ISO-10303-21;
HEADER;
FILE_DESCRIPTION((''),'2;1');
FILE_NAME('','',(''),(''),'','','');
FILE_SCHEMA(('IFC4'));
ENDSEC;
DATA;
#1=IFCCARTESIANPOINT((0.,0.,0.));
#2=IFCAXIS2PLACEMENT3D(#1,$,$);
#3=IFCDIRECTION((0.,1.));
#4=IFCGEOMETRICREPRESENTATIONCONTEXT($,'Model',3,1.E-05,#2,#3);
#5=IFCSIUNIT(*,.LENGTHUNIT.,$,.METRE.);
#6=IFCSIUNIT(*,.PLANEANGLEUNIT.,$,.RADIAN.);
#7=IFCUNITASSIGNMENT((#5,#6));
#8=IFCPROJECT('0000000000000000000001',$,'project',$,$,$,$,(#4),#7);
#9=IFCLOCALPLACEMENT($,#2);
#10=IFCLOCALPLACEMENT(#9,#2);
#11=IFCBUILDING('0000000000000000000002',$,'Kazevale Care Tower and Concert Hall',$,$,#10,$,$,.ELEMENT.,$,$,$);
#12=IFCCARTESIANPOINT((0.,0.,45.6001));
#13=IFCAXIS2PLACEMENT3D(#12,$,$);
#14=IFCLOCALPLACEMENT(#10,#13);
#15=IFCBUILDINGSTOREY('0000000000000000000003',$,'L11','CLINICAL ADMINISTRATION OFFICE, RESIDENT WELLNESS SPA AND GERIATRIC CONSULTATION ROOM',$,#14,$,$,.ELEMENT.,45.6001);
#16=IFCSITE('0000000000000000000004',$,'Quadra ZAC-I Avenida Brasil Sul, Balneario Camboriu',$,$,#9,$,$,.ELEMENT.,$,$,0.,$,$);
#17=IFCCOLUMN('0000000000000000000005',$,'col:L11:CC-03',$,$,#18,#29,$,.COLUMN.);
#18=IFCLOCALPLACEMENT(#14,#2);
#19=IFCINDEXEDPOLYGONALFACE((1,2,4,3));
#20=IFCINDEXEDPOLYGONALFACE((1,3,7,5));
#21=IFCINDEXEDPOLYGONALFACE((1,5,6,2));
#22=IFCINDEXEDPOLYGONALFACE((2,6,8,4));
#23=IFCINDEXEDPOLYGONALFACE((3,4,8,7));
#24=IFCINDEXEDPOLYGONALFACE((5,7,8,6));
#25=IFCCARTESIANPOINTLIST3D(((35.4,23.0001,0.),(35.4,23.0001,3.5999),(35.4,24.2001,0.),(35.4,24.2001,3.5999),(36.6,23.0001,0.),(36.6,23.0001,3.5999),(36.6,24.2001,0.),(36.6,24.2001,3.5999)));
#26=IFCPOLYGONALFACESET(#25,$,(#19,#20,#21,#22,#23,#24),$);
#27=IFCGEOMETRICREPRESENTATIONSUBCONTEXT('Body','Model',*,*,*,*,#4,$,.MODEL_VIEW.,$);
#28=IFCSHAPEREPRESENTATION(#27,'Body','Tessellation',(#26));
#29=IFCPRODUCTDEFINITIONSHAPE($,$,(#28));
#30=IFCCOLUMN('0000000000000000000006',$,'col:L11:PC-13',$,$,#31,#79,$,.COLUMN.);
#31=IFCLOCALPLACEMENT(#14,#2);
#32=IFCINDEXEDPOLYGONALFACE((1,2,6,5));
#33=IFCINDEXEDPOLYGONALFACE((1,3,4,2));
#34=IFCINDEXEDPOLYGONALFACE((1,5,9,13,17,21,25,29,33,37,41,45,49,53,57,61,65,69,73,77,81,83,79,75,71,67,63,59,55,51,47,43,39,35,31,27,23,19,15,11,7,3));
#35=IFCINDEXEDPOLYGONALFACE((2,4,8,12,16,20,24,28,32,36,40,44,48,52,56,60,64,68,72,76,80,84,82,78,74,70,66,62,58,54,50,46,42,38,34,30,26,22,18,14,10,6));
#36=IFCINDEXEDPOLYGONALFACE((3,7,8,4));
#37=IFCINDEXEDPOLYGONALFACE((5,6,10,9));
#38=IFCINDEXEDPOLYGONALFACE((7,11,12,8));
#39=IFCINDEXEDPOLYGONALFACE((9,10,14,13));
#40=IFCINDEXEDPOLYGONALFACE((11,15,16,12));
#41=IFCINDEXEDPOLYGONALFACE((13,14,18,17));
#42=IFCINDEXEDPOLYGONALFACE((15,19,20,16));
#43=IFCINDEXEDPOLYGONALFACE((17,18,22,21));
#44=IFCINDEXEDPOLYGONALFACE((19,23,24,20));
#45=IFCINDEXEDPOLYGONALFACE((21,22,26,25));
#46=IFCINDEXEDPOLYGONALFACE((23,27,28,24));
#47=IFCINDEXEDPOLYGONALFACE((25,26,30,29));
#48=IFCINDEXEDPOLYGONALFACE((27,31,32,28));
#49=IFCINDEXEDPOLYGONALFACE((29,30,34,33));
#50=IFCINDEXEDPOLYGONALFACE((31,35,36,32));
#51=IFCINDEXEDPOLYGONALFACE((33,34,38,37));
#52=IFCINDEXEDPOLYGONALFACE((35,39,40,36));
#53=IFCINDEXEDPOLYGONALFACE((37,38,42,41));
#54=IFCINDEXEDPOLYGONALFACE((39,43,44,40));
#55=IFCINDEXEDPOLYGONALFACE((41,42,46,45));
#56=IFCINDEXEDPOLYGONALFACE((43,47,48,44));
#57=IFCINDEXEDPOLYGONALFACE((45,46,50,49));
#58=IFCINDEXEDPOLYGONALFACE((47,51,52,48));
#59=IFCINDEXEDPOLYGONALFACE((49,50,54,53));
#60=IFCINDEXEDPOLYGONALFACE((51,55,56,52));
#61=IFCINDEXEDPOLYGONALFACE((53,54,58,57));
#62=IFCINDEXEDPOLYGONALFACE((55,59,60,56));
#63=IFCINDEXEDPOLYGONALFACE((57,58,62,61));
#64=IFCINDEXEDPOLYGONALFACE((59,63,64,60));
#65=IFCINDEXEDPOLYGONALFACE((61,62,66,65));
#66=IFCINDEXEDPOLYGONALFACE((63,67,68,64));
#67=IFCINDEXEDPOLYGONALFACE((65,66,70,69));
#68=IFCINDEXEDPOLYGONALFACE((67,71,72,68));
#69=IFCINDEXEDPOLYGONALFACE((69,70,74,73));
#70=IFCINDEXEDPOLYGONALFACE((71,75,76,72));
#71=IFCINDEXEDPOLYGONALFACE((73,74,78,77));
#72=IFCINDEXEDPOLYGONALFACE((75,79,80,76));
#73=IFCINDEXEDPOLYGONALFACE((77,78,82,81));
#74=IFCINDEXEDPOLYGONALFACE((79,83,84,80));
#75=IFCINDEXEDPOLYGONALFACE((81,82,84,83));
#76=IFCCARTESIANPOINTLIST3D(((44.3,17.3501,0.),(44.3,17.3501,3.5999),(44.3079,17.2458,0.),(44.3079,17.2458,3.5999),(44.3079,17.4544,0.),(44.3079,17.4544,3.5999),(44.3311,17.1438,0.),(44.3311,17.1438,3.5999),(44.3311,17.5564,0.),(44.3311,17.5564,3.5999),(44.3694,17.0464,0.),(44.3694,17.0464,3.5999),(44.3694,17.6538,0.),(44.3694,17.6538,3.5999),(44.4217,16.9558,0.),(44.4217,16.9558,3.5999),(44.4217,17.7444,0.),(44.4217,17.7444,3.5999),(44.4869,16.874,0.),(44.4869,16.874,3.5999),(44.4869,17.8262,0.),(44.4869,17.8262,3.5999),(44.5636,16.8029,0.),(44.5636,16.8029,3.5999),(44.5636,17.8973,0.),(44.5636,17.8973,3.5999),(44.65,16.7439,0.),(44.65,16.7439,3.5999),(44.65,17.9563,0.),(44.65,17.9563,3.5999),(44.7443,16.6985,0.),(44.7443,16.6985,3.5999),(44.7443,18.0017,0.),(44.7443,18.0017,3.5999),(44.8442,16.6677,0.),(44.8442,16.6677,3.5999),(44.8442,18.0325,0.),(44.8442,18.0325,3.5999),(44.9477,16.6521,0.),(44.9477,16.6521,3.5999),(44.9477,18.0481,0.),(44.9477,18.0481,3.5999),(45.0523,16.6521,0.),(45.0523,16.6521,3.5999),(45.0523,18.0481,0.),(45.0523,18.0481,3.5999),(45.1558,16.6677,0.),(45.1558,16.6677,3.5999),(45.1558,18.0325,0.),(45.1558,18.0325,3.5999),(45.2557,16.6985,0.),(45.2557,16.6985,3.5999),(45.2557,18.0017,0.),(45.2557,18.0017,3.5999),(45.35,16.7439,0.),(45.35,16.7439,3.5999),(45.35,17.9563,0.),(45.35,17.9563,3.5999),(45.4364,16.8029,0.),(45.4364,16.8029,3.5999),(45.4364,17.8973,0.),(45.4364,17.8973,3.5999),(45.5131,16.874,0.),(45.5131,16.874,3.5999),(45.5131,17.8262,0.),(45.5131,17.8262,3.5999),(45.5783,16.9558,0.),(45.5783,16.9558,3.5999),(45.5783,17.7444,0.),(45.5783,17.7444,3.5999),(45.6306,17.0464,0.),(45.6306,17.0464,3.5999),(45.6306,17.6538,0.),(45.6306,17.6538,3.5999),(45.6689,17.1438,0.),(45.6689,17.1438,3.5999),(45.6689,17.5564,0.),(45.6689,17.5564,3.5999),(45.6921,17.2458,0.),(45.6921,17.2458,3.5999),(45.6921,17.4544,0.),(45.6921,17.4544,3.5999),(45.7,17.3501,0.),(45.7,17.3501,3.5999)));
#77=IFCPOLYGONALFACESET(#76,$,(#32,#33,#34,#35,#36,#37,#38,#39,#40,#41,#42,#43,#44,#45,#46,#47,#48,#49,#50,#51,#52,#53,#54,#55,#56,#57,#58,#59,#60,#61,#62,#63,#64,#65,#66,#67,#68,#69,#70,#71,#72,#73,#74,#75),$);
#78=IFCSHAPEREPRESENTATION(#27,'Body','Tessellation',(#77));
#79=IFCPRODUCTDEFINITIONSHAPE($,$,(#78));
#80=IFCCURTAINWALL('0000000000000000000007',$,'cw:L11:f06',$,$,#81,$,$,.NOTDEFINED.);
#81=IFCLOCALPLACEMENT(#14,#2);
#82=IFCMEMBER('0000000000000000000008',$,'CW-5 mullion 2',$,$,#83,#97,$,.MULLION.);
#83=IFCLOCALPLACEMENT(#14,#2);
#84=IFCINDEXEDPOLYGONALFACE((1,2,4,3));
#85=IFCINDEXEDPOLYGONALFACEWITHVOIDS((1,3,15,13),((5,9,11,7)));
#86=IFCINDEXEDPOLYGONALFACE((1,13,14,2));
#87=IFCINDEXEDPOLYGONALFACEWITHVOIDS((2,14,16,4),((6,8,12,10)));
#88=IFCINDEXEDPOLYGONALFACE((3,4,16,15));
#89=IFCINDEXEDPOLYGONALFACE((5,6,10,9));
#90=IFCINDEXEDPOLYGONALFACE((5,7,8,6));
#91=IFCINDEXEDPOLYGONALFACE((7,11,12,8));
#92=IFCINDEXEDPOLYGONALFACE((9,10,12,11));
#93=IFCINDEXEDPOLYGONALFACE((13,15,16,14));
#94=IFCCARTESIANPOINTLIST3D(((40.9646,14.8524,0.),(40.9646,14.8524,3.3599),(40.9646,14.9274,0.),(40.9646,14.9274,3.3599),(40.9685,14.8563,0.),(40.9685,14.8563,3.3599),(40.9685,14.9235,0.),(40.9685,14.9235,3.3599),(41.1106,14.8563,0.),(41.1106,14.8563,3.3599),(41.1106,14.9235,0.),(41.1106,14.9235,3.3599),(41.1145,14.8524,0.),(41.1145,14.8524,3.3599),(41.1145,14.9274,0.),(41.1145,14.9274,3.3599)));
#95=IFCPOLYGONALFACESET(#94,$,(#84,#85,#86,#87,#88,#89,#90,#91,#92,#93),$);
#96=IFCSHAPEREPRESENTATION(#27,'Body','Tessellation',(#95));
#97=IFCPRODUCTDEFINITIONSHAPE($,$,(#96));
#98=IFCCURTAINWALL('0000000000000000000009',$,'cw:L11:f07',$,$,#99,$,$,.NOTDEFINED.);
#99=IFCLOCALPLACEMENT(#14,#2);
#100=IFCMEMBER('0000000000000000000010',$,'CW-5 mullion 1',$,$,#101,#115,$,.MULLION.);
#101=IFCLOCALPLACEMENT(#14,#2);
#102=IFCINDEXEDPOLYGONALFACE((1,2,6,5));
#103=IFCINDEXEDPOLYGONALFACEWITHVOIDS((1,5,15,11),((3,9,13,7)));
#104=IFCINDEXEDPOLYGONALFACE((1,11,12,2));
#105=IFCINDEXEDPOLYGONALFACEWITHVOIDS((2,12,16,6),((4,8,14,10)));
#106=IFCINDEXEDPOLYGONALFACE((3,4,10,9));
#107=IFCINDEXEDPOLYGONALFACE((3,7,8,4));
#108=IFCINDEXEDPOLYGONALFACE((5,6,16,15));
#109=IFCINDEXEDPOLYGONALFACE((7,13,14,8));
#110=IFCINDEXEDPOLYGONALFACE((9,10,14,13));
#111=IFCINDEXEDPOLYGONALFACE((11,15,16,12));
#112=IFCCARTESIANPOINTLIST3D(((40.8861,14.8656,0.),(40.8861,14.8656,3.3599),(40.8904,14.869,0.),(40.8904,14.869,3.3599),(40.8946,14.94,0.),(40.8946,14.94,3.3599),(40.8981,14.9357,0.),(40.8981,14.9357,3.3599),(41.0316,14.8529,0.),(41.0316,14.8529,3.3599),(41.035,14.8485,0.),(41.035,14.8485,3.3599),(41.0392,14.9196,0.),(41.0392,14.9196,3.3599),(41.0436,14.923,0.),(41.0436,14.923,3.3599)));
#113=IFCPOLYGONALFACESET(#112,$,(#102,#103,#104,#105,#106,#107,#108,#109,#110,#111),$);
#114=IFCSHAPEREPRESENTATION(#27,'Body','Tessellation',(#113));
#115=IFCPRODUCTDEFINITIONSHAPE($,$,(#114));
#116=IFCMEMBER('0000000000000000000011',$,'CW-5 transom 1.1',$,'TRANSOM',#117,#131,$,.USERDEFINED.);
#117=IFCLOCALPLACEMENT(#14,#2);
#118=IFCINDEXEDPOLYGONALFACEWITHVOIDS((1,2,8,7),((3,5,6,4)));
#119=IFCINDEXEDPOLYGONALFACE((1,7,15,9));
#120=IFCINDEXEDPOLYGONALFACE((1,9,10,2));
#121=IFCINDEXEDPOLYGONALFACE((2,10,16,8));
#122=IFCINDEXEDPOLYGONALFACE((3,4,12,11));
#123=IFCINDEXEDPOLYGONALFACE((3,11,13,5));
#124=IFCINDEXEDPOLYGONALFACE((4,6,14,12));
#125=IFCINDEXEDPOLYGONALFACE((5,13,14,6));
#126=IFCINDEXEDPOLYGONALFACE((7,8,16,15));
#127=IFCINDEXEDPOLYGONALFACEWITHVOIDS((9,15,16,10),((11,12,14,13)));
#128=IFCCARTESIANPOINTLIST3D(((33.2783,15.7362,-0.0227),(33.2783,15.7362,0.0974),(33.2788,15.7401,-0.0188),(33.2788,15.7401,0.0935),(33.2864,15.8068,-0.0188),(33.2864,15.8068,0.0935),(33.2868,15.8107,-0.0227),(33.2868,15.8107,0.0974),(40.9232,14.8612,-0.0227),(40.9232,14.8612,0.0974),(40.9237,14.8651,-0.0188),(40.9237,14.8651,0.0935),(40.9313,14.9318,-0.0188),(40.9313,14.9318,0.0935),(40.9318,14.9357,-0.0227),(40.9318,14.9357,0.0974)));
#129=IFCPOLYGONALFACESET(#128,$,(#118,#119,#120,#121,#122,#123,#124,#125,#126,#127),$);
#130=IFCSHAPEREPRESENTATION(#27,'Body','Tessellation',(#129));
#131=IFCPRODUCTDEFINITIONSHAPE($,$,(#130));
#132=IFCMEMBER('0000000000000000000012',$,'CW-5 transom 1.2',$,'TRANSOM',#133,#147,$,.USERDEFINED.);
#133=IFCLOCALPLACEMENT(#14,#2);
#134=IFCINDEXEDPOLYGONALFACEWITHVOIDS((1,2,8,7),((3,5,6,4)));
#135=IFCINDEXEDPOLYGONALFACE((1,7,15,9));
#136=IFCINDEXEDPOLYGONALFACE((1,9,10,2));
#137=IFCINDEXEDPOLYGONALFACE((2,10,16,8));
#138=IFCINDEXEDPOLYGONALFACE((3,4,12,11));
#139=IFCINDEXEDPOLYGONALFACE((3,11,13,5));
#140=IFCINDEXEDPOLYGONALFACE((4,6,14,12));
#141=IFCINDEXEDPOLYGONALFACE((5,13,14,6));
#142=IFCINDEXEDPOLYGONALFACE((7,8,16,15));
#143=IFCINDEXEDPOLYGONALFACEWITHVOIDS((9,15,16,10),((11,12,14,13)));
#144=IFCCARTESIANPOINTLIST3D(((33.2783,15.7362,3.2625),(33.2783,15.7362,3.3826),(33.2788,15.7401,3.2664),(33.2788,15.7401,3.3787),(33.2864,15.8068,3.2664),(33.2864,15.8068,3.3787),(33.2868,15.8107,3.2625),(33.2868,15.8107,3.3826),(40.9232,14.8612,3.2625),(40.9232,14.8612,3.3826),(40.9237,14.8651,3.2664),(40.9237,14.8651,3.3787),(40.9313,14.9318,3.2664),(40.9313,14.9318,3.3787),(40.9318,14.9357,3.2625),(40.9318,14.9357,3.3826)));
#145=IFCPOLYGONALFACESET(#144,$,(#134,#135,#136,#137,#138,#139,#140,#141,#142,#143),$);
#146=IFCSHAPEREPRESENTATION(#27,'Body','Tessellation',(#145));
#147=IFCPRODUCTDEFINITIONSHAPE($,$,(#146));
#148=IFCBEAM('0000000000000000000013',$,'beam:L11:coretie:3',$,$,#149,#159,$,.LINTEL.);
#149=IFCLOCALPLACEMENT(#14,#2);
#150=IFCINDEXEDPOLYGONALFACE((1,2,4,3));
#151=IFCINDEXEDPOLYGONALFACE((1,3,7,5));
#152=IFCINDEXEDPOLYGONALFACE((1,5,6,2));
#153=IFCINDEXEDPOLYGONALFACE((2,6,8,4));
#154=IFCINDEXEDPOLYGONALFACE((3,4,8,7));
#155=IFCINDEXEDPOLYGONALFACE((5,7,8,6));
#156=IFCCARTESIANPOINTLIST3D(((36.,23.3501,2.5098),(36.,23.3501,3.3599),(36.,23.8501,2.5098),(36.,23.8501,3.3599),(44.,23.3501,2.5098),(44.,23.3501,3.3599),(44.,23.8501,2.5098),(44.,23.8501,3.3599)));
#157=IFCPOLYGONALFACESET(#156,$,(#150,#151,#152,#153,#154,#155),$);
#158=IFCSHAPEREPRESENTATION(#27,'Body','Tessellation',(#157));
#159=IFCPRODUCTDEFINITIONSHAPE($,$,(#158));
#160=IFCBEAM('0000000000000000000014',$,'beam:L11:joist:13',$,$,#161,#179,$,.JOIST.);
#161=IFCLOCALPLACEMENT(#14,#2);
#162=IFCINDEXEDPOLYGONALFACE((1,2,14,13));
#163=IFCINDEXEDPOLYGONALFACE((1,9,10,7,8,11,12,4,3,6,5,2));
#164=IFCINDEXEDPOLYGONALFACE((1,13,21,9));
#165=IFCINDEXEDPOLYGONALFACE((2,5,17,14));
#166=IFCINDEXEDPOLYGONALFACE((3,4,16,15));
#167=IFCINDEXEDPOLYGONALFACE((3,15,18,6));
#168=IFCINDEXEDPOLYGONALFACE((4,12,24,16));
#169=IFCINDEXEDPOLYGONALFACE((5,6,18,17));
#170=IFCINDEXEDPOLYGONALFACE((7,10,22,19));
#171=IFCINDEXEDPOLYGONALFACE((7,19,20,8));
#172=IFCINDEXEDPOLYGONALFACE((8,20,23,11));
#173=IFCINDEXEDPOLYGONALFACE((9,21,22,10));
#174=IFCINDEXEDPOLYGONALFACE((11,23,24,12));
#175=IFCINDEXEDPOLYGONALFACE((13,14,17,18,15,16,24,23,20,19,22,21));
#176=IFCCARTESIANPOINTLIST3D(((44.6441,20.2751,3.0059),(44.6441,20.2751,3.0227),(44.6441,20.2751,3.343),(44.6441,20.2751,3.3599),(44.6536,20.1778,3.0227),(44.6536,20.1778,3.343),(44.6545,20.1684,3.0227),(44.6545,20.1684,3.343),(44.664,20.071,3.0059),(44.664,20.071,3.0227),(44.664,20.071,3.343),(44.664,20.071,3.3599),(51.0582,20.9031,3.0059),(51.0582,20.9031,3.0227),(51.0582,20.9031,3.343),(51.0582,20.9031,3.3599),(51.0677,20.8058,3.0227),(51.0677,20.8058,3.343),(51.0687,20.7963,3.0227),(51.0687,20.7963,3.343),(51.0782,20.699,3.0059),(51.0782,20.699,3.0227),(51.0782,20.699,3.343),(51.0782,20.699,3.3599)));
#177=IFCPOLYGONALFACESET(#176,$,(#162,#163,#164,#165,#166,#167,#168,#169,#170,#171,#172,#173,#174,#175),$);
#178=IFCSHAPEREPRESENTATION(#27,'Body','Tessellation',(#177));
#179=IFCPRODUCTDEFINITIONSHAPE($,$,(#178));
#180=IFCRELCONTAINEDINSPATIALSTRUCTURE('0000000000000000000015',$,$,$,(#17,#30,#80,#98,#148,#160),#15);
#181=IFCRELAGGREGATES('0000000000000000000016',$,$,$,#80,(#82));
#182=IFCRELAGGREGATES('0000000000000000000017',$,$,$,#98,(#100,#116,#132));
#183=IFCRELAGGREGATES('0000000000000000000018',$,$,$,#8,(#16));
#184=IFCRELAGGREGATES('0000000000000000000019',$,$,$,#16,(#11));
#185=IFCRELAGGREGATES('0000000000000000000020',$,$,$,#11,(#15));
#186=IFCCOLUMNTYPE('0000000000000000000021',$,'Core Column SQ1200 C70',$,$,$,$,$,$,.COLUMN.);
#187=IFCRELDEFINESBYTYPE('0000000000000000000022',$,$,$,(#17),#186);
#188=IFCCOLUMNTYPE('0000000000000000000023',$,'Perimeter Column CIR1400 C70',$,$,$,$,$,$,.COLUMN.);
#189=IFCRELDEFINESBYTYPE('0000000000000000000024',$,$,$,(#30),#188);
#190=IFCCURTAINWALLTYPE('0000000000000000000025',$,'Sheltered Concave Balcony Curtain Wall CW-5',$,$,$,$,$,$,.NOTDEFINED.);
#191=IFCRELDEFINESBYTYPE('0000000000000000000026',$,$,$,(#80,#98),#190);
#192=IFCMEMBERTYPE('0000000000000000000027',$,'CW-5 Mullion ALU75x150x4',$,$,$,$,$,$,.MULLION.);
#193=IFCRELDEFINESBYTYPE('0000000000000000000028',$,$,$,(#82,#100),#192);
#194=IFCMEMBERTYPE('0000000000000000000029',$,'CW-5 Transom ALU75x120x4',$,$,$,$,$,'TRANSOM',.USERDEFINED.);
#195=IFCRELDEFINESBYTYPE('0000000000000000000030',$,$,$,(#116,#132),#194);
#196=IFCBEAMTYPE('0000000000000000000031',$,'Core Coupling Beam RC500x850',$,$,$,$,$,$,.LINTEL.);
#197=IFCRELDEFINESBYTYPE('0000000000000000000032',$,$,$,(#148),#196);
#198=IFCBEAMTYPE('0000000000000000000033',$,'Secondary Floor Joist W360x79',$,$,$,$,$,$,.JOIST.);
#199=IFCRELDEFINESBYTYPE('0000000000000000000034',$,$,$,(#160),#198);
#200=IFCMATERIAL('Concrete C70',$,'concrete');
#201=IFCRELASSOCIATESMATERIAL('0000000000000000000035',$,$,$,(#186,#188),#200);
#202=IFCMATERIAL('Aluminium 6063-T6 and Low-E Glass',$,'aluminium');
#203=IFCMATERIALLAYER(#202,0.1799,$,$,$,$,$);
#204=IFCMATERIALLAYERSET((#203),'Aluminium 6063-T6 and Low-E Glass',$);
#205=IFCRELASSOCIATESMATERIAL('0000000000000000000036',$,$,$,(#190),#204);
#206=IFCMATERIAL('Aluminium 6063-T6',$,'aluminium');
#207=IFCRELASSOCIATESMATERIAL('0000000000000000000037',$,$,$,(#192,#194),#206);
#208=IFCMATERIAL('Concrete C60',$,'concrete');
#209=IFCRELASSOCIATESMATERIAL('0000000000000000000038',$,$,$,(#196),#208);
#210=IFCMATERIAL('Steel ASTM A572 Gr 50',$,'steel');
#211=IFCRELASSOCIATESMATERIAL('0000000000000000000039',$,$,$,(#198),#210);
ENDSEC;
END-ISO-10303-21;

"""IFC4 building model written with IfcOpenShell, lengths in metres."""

from ifc_helpers import new_model, si_unit, direction, frame, origin, origin_2d, place, context, subcontext, project, spatial, rectangle, hollow_rectangle, circle, i_section, extrude, material, layer, layer_set, material_profile, profile_set, type_object, element, aggregate, save


model = new_model("IFC4")

# Units and contexts
model_context = context("Model", 3, precision=1e-05, world=origin(), true_north=direction((0.0, 1.0)))
body_context = subcontext(model_context, "Body", "Model", "MODEL_VIEW")
ifc_project = project(units=[si_unit("LENGTHUNIT", "METRE"), si_unit("PLANEANGLEUNIT", "RADIAN")], contexts=[model_context])

# Site, building, storey
site_placement = place(None, origin())
site = spatial("IfcSite", under=ifc_project, at=site_placement, Name="Quadra ZAC-I Avenida Brasil Sul, Balneario Camboriu", CompositionType="ELEMENT", RefElevation=0.0)
building_placement = place(site_placement, origin())
building = spatial("IfcBuilding", under=site, at=building_placement, Name="Kazevale Care Tower and Concert Hall", CompositionType="ELEMENT")
storey_placement = place(building_placement, frame((0.0, 0.0, 45.6001)))
storey = spatial("IfcBuildingStorey", under=building, at=storey_placement, Name="L11", Description="CLINICAL ADMINISTRATION OFFICE, RESIDENT WELLNESS SPA AND GERIATRIC CONSULTATION ROOM", CompositionType="ELEMENT", Elevation=45.6001)

# Columns
ifc_material_1 = material(Name="Concrete C70", Category="concrete")
ifc_material_profile_1 = material_profile(ifc_material_1, rectangle(XDim=1.2, YDim=1.2, at=origin_2d()), Name="RC-SQ1200")
ifc_profile_set_1 = profile_set([ifc_material_profile_1], Name="Concrete C70")
column_type_1 = type_object("IfcColumnType", Name="Core Column SQ1200 C70", PredefinedType="COLUMN", material=ifc_profile_set_1)
column_1_placement = place(storey_placement, frame((36.0, 23.6001, 0.0), z_axis=(0.0, 0.0, 1.0), x_axis=(1.0, 0.0, 0.0)))
element("IfcColumn", 1, at=column_1_placement, inside=storey, type_object=column_type_1, Name="col:L11:CC-03", PredefinedType="COLUMN", context=body_context, shape_type="SweptSolid", body=[
    extrude(rectangle(XDim=1.2, YDim=1.2, at=origin_2d()), origin(), (0.0, 0.0, 1.0), 3.5999),
])
ifc_material_profile_2 = material_profile(ifc_material_1, circle(Radius=0.7, at=origin_2d()), Name="RC-CIR1400")
ifc_profile_set_2 = profile_set([ifc_material_profile_2], Name="Concrete C70")
column_type_2 = type_object("IfcColumnType", Name="Perimeter Column CIR1400 C70", PredefinedType="COLUMN", material=ifc_profile_set_2)
column_2_placement = place(storey_placement, frame((45.0, 17.3501, 0.0), z_axis=(0.0, 0.0, 1.0), x_axis=(1.0, 0.0, 0.0)))
element("IfcColumn", 2, at=column_2_placement, inside=storey, type_object=column_type_2, Name="col:L11:PC-13", PredefinedType="COLUMN", context=body_context, shape_type="SweptSolid", body=[
    extrude(circle(Radius=0.7, at=origin_2d()), origin(), (0.0, 0.0, 1.0), 3.5999),
])

# Curtain wall, member
ifc_material_2 = material(Name="Aluminium 6063-T6 and Low-E Glass", Category="aluminium")
ifc_layer_1 = layer(ifc_material_2, 0.1799)
ifc_layer_set_1 = layer_set([ifc_layer_1], Name="Aluminium 6063-T6 and Low-E Glass")
curtain_wall_type = type_object("IfcCurtainWallType", Name="Sheltered Concave Balcony Curtain Wall CW-5", PredefinedType="NOTDEFINED", material=ifc_layer_set_1)
curtain_wall_1_placement = place(storey_placement, origin())
curtain_wall_1 = element("IfcCurtainWall", 3, at=curtain_wall_1_placement, inside=storey, type_object=curtain_wall_type, Name="cw:L11:f06", PredefinedType="NOTDEFINED")
ifc_material_3 = material(Name="Aluminium 6063-T6", Category="aluminium")
ifc_material_profile_3 = material_profile(ifc_material_3, hollow_rectangle(XDim=0.075, YDim=0.1499, WallThickness=0.0039, at=origin_2d()), Name="ALU75x150x4")
ifc_profile_set_3 = profile_set([ifc_material_profile_3], Name="Aluminium 6063-T6")
member_type_1 = type_object("IfcMemberType", Name="CW-5 Mullion ALU75x150x4", PredefinedType="MULLION", material=ifc_profile_set_3)
member_1_placement = place(storey_placement, frame((41.0396, 14.8899, 0.0), z_axis=(0.0, 0.0, 1.0), x_axis=(0.0, -1.0, 0.0)))
member_1 = element("IfcMember", 4, at=member_1_placement, type_object=member_type_1, Name="CW-5 mullion 2", PredefinedType="MULLION", context=body_context, shape_type="SweptSolid", body=[
    extrude(hollow_rectangle(XDim=0.075, YDim=0.1499, WallThickness=0.0039, at=origin_2d()), origin(), (0.0, 0.0, 1.0), 3.3599),
])

# Curtain wall, members
curtain_wall_2_placement = place(storey_placement, origin())
curtain_wall_2 = element("IfcCurtainWall", 5, at=curtain_wall_2_placement, inside=storey, type_object=curtain_wall_type, Name="cw:L11:f07", PredefinedType="NOTDEFINED")
member_2_placement = place(storey_placement, frame((40.9648, 14.8943, 0.0), z_axis=(0.0, 0.0, 1.0), x_axis=(-0.113705, -0.993515, 0.0)))
member_2 = element("IfcMember", 6, at=member_2_placement, type_object=member_type_1, Name="CW-5 mullion 1", PredefinedType="MULLION", context=body_context, shape_type="SweptSolid", body=[
    extrude(hollow_rectangle(XDim=0.075, YDim=0.1499, WallThickness=0.0039, at=origin_2d()), origin(), (0.0, 0.0, 1.0), 3.3599),
])
ifc_material_profile_4 = material_profile(ifc_material_3, hollow_rectangle(XDim=0.075, YDim=0.1201, WallThickness=0.0039, at=origin_2d()), Name="ALU75x120x4")
ifc_profile_set_4 = profile_set([ifc_material_profile_4], Name="Aluminium 6063-T6")
member_type_2 = type_object("IfcMemberType", Name="CW-5 Transom ALU75x120x4", ElementType="TRANSOM", PredefinedType="USERDEFINED", material=ifc_profile_set_4)
member_3_placement = place(storey_placement, frame((40.9275, 14.8984, 0.0374), z_axis=(-0.993514, 0.113711, 0.0), x_axis=(-0.113711, -0.993514, 0.0)))
member_3 = element("IfcMember", 7, at=member_3_placement, type_object=member_type_2, Name="CW-5 transom 1.1", ObjectType="TRANSOM", PredefinedType="USERDEFINED", context=body_context, shape_type="SweptSolid", body=[
    extrude(hollow_rectangle(XDim=0.075, YDim=0.1201, WallThickness=0.0039, at=origin_2d()), origin(), (0.0, 0.0, 1.0), 7.6948),
])
member_4_placement = place(storey_placement, frame((40.9275, 14.8984, 3.3225), z_axis=(-0.993514, 0.113711, 0.0), x_axis=(-0.113711, -0.993514, 0.0)))
member_4 = element("IfcMember", 8, at=member_4_placement, type_object=member_type_2, Name="CW-5 transom 1.2", ObjectType="TRANSOM", PredefinedType="USERDEFINED", context=body_context, shape_type="SweptSolid", body=[
    extrude(hollow_rectangle(XDim=0.075, YDim=0.1201, WallThickness=0.0039, at=origin_2d()), origin(), (0.0, 0.0, 1.0), 7.6948),
])

# Beams
ifc_material_4 = material(Name="Concrete C60", Category="concrete")
ifc_material_profile_5 = material_profile(ifc_material_4, rectangle(XDim=0.5, YDim=0.8501, at=origin_2d()), Name="RC-B500x850")
ifc_profile_set_5 = profile_set([ifc_material_profile_5], Name="Concrete C60")
beam_type_1 = type_object("IfcBeamType", Name="Core Coupling Beam RC500x850", PredefinedType="LINTEL", material=ifc_profile_set_5)
beam_1_placement = place(storey_placement, frame((36.0, 23.6001, 2.9348), z_axis=(1.0, 0.0, 0.0), x_axis=(0.0, 1.0, 0.0)))
element("IfcBeam", 9, at=beam_1_placement, inside=storey, type_object=beam_type_1, Name="beam:L11:coretie:3", PredefinedType="LINTEL", context=body_context, shape_type="SweptSolid", body=[
    extrude(rectangle(XDim=0.5, YDim=0.8501, at=origin_2d()), origin(), (0.0, 0.0, 1.0), 8.0),
])
ifc_material_5 = material(Name="Steel ASTM A572 Gr 50", Category="steel")
ifc_material_profile_6 = material_profile(ifc_material_5, i_section(OverallWidth=0.2051, OverallDepth=0.354, WebThickness=0.0095, FlangeThickness=0.0168, at=origin_2d()), Name="W360x79")
ifc_profile_set_6 = profile_set([ifc_material_profile_6], Name="Steel ASTM A572 Gr 50")
beam_type_2 = type_object("IfcBeamType", Name="Secondary Floor Joist W360x79", PredefinedType="JOIST", material=ifc_profile_set_6)
beam_2_placement = place(storey_placement, frame((44.6541, 20.1731, 3.1829), z_axis=(0.995242, 0.097433, 0.0), x_axis=(-0.097433, 0.995242, 0.0)))
element("IfcBeam", 10, at=beam_2_placement, inside=storey, type_object=beam_type_2, Name="beam:L11:joist:13", PredefinedType="JOIST", context=body_context, shape_type="SweptSolid", body=[
    extrude(i_section(OverallWidth=0.2051, OverallDepth=0.354, WebThickness=0.0095, FlangeThickness=0.0168, at=origin_2d()), origin(), (0.0, 0.0, 1.0), 6.4448),
])

aggregate(curtain_wall_1, [member_1])
aggregate(curtain_wall_2, [member_2, member_3, member_4])

save(model, "model.ifc")
